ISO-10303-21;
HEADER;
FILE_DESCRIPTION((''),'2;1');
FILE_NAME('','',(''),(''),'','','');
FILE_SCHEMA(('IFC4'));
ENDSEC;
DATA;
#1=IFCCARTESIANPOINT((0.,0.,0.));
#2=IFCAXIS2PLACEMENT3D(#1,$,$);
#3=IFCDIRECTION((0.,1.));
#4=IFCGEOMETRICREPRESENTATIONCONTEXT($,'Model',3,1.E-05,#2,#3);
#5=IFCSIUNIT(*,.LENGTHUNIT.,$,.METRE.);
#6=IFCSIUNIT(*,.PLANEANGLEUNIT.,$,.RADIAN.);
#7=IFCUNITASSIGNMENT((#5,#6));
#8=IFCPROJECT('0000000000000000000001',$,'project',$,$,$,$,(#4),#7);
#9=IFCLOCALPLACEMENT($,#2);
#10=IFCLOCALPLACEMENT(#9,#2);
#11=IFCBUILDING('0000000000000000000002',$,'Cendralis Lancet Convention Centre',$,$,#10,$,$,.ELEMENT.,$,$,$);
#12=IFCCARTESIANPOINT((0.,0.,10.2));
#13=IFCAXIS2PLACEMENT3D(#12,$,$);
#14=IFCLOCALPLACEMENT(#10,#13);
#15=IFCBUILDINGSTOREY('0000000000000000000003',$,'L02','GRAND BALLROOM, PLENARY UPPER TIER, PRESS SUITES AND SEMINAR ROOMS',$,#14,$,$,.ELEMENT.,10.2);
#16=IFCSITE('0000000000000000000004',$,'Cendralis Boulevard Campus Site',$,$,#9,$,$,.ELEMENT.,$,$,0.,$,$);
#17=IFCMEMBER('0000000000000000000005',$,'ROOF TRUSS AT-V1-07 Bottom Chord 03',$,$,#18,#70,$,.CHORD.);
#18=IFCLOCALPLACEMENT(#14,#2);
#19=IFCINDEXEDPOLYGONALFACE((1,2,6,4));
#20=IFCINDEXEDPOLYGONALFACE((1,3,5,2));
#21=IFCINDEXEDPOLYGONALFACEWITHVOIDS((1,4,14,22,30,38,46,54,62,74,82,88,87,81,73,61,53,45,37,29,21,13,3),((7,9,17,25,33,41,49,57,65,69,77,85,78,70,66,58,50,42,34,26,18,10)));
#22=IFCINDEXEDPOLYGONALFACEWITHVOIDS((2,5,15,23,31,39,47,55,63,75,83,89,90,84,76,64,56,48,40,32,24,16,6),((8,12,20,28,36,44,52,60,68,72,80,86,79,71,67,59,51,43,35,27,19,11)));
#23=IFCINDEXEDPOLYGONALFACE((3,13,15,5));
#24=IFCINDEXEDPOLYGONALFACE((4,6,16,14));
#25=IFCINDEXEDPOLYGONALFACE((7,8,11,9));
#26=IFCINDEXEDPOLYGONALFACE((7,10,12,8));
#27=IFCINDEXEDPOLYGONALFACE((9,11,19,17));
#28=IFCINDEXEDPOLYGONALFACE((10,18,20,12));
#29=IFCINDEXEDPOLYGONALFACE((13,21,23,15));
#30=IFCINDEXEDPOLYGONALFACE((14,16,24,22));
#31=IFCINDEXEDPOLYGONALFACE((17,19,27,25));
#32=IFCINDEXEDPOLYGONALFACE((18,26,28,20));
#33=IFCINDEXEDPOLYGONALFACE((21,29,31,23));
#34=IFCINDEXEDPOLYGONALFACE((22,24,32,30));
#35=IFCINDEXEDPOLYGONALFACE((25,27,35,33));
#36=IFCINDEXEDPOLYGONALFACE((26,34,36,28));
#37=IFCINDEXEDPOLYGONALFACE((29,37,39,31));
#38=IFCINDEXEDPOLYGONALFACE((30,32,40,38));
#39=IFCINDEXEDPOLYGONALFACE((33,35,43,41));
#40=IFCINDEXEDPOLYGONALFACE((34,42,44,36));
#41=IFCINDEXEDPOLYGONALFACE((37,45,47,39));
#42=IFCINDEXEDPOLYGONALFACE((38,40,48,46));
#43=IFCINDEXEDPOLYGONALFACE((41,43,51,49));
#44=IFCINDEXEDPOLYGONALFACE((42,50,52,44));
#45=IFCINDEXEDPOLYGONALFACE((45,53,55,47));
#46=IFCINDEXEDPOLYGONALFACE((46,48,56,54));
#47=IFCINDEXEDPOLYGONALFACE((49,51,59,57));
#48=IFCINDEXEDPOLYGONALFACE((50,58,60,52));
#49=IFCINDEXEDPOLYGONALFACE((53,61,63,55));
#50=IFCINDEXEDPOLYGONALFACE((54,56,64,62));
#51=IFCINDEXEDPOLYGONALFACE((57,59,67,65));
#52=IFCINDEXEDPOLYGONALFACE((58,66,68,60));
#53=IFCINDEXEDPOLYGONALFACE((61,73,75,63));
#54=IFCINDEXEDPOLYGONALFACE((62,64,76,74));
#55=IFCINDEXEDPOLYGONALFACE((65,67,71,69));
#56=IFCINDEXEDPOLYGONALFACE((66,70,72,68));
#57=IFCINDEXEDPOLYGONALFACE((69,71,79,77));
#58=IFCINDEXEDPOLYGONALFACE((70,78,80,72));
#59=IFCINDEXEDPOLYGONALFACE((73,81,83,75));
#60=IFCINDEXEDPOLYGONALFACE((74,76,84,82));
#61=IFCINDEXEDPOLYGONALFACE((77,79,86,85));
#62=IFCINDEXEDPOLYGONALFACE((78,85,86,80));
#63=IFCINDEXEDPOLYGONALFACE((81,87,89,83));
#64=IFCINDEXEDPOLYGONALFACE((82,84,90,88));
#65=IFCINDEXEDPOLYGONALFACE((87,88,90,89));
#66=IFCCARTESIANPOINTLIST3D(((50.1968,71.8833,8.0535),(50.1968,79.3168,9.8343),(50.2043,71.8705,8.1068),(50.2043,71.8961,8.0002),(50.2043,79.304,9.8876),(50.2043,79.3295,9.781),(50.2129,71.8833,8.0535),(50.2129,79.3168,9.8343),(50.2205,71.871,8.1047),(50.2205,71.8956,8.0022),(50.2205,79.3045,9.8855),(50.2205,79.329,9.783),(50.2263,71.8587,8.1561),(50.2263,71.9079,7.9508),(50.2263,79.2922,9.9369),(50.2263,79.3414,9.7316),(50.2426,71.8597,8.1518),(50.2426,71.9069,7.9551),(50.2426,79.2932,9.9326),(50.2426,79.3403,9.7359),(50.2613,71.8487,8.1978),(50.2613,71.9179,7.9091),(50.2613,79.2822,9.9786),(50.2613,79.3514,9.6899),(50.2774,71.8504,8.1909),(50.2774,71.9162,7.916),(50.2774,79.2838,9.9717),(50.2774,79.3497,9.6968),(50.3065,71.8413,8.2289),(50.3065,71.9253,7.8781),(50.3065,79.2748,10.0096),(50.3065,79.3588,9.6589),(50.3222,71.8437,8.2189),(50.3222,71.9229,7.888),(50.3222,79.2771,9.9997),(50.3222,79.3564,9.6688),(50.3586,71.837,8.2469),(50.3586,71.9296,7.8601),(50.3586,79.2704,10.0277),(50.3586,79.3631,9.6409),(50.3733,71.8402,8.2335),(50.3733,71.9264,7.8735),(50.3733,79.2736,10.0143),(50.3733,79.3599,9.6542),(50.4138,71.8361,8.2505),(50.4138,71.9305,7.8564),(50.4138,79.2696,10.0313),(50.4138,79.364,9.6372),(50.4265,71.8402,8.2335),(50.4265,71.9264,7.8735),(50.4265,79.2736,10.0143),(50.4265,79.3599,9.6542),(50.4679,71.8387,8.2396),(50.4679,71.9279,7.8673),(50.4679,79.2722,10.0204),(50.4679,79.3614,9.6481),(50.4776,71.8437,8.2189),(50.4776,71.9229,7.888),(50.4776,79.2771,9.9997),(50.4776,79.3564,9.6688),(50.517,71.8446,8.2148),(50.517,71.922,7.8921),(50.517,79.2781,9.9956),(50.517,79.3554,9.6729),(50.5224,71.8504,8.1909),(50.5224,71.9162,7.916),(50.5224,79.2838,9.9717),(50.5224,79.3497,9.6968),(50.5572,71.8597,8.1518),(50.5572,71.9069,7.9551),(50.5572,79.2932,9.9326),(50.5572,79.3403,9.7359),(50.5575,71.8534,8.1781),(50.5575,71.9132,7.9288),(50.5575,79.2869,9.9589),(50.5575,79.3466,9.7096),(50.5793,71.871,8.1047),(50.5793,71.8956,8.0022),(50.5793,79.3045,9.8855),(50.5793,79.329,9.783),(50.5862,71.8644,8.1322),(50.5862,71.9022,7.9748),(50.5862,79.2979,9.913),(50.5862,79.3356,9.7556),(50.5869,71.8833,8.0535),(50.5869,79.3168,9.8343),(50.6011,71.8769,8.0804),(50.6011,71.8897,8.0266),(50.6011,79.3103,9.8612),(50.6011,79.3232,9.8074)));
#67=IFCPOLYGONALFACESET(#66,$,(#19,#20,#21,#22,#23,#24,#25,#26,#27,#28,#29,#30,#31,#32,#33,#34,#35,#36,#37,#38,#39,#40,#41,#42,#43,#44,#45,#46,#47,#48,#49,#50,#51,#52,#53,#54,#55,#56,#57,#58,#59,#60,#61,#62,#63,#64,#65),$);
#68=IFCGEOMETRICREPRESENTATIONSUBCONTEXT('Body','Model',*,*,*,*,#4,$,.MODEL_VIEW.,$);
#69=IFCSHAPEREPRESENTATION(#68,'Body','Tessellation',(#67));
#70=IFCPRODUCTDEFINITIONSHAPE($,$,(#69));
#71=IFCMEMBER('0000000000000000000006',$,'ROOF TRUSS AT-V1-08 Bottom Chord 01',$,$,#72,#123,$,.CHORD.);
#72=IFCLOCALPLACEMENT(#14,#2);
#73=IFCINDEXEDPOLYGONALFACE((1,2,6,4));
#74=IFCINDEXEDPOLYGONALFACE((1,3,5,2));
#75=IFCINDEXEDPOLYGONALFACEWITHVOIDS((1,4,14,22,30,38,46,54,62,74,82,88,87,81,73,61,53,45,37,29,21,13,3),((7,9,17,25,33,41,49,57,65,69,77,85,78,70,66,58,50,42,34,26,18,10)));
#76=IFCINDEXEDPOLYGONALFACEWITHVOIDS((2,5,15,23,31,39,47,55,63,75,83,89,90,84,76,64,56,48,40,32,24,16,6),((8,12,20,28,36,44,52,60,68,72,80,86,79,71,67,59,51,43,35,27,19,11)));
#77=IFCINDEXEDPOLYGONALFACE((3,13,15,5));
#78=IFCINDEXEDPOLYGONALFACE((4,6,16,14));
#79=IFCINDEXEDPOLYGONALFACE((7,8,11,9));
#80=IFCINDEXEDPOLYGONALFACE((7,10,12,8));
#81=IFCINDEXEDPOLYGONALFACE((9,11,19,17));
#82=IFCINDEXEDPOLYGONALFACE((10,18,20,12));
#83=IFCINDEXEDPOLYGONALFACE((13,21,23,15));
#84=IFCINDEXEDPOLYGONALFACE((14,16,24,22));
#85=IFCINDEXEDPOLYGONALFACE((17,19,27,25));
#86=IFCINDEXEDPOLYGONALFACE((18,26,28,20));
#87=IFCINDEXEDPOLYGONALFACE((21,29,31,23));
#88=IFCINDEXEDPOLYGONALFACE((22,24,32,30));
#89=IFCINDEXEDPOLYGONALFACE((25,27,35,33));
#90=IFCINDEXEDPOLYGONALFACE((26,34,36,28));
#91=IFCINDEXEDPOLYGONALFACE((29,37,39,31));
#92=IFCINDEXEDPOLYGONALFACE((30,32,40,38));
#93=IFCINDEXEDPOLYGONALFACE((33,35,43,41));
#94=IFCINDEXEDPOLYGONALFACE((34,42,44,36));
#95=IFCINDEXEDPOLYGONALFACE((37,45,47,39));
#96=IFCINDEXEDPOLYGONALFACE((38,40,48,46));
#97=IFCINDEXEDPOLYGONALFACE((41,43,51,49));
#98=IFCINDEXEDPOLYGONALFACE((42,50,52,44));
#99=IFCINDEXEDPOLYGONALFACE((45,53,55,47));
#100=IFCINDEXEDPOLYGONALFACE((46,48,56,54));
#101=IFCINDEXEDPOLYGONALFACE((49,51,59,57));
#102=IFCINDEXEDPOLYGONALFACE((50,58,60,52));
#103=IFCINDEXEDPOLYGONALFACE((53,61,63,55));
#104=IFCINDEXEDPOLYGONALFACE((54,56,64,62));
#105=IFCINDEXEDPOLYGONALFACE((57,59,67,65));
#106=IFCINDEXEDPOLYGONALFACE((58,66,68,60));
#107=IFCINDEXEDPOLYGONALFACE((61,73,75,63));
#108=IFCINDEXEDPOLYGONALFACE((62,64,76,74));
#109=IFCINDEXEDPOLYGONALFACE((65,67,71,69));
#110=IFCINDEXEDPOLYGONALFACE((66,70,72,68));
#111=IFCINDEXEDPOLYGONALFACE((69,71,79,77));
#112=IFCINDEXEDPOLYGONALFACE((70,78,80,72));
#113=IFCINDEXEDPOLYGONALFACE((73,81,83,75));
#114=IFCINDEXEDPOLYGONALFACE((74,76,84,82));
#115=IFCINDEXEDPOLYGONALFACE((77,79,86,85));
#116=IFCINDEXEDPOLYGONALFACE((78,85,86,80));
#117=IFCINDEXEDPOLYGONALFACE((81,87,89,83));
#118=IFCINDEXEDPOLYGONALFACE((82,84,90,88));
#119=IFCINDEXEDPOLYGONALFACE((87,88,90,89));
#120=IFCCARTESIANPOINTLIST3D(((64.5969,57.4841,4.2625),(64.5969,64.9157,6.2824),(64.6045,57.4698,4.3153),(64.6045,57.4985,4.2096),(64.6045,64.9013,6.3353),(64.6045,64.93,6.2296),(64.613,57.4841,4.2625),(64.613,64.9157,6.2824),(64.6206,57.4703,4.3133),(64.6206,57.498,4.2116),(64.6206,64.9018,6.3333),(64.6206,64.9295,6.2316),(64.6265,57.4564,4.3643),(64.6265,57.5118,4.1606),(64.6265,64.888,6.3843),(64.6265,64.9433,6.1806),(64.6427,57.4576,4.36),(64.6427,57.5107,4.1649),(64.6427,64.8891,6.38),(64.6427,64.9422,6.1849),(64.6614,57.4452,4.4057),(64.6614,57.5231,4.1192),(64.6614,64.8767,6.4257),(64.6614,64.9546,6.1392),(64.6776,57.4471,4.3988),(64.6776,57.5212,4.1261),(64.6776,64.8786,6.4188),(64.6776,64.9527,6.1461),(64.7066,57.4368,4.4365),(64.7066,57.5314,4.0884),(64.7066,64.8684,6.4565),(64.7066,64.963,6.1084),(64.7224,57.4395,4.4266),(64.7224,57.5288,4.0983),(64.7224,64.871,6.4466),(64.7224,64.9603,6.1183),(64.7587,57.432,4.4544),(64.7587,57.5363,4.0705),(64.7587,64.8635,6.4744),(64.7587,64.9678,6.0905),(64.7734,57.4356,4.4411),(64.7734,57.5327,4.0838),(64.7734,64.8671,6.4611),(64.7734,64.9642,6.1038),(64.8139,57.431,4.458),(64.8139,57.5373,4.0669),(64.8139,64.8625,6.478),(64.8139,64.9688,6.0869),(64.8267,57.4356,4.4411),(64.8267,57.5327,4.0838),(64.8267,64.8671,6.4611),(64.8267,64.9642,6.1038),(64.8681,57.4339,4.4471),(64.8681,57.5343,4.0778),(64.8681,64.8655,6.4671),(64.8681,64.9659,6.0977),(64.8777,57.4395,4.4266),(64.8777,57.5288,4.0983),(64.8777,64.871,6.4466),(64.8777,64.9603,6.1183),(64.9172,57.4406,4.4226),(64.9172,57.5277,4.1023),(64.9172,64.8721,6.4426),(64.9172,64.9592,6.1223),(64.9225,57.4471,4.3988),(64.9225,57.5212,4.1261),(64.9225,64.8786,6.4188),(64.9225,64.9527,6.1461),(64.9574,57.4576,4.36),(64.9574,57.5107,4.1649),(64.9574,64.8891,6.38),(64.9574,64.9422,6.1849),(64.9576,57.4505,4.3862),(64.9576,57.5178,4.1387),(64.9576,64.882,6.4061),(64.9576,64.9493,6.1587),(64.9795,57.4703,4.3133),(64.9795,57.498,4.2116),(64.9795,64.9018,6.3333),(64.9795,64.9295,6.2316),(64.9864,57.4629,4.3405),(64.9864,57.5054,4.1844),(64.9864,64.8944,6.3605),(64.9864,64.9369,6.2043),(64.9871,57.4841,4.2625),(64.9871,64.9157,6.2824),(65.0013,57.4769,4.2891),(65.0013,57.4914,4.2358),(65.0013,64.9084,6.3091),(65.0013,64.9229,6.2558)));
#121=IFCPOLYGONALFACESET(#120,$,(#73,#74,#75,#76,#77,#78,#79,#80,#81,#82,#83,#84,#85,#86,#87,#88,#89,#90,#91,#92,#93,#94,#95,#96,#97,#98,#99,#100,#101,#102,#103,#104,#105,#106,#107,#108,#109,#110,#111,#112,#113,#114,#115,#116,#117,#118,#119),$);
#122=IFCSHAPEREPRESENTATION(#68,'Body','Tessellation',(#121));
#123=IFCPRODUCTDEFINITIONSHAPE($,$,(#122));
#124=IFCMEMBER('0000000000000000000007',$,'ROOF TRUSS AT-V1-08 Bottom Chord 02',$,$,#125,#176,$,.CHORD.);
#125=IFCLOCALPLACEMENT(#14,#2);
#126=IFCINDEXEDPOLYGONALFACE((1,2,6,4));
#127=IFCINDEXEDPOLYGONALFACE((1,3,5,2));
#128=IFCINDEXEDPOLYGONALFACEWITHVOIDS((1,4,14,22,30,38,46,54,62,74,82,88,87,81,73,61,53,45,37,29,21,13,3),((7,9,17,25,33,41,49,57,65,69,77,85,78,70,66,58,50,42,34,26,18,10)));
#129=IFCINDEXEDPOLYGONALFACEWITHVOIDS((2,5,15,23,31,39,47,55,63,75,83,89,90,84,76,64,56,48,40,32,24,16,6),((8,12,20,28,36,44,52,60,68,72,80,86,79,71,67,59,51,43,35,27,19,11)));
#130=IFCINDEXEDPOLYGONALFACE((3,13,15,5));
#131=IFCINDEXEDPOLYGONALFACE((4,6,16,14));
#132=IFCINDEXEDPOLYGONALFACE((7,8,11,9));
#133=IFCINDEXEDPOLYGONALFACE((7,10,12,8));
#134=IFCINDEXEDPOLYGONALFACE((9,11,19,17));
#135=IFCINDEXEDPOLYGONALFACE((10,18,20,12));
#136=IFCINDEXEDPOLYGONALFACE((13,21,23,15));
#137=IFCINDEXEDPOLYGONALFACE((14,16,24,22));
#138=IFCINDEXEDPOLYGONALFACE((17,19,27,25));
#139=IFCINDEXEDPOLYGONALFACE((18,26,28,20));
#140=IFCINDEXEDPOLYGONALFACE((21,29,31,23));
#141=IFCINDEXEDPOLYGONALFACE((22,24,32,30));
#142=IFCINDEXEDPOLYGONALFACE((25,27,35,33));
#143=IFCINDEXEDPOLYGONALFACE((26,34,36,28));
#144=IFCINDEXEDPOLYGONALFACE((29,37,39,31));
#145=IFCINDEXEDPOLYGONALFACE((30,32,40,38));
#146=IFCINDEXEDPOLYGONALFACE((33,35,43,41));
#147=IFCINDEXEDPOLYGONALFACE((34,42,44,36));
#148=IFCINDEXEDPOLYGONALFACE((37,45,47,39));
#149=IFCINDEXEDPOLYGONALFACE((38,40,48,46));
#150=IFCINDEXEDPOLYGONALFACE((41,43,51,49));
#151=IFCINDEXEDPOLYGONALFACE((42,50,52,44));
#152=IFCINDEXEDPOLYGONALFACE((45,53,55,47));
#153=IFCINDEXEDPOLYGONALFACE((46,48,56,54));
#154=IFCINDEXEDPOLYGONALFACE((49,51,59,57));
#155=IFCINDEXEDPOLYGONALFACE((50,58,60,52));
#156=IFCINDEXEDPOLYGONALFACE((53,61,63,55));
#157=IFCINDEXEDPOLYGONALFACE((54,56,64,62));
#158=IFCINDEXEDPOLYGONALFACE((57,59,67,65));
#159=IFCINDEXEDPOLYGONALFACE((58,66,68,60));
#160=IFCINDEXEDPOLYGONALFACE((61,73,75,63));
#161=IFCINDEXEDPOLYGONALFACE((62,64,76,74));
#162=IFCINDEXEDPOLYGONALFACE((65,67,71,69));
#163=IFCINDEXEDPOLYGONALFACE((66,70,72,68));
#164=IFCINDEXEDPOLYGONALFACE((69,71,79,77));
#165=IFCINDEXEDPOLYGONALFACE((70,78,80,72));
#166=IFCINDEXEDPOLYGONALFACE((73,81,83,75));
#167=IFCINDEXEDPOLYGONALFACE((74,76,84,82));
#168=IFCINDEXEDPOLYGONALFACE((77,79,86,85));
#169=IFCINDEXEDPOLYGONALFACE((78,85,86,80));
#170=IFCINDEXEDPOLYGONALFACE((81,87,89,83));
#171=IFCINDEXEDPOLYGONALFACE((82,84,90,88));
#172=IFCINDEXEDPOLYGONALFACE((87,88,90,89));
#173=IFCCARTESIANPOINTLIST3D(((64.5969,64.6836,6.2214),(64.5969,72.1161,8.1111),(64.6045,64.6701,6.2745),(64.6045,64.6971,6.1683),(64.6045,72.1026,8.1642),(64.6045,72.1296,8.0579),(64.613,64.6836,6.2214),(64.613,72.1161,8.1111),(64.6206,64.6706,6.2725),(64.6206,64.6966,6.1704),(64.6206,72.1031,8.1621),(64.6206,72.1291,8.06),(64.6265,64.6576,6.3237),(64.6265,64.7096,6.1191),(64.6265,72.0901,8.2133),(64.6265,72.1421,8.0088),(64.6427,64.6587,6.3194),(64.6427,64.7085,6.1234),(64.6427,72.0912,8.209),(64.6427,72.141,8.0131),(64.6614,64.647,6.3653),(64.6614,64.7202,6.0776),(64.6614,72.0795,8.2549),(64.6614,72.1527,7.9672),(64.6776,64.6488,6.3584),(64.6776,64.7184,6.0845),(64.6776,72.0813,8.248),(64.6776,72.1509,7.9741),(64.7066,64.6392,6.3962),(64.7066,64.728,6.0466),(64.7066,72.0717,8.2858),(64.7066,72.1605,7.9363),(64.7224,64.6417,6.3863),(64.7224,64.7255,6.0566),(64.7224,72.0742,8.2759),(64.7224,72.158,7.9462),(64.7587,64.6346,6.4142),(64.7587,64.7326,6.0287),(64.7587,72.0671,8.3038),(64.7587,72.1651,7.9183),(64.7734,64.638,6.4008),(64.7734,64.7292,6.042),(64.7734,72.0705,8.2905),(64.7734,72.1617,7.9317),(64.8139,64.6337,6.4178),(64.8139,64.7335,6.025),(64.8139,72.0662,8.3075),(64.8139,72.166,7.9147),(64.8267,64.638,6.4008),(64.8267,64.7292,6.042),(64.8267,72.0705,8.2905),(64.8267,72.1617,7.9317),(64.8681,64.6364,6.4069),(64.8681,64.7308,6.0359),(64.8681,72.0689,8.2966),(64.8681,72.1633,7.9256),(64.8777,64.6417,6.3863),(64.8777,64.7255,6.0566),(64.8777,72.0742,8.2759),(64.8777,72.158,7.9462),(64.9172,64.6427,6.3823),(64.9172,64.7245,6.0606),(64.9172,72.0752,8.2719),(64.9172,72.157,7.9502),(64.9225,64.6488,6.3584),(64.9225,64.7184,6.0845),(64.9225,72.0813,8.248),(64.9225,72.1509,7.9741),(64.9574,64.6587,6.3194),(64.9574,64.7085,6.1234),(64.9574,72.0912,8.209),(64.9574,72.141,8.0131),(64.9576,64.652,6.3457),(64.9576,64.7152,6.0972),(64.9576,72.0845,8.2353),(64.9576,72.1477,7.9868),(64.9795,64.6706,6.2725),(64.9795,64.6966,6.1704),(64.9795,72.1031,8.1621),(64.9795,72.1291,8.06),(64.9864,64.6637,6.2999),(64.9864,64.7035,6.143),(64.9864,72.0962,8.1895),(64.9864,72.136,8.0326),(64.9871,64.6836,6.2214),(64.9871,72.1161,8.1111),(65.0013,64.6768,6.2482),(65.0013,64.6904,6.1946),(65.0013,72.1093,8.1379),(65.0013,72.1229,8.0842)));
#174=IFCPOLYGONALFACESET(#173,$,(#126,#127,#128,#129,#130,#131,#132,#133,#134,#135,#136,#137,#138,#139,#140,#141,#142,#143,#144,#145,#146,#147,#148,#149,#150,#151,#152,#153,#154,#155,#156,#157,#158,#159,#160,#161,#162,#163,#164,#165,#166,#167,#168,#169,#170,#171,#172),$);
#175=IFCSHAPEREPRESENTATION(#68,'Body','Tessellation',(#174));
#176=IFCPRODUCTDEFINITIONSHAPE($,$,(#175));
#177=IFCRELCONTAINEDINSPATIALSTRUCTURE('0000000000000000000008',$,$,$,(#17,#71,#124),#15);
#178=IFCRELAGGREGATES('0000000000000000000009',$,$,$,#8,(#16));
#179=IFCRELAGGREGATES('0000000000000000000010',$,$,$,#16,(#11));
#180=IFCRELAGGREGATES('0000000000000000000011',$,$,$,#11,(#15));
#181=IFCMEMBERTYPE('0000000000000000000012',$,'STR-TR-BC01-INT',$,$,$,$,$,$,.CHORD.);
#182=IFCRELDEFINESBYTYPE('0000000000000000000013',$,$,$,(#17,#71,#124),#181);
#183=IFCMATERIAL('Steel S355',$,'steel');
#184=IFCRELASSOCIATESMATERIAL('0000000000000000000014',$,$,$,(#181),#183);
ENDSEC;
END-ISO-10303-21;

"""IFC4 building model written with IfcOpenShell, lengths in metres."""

from ifc_helpers import new_model, si_unit, direction, frame, origin, origin_2d, place, context, subcontext, project, spatial, hollow_circle, extrude, material, material_profile, profile_set, type_object, element, save


model = new_model("IFC4")

# Units and contexts
model_context = context("Model", 3, precision=1e-05, world=origin(), true_north=direction((0.0, 1.0)))
body_context = subcontext(model_context, "Body", "Model", "MODEL_VIEW")
ifc_project = project(units=[si_unit("LENGTHUNIT", "METRE"), si_unit("PLANEANGLEUNIT", "RADIAN")], contexts=[model_context])

# Site, building, storey
site_placement = place(None, origin())
site = spatial("IfcSite", under=ifc_project, at=site_placement, Name="Cendralis Boulevard Campus Site", CompositionType="ELEMENT", RefElevation=0.0)
building_placement = place(site_placement, origin())
building = spatial("IfcBuilding", under=site, at=building_placement, Name="Cendralis Lancet Convention Centre", CompositionType="ELEMENT")
storey_placement = place(building_placement, frame((0.0, 0.0, 10.2)))
storey = spatial("IfcBuildingStorey", under=building, at=storey_placement, Name="L02", Description="GRAND BALLROOM, PLENARY UPPER TIER, PRESS SUITES AND SEMINAR ROOMS", CompositionType="ELEMENT", Elevation=10.2)

# Members
ifc_material = material(Name="Steel S355", Category="steel")
ifc_material_profile_1 = material_profile(ifc_material, hollow_circle(Radius=0.2031, WallThickness=0.0161, at=origin_2d()), Name="CHS 406.4x16.0")
ifc_profile_set_1 = profile_set([ifc_material_profile_1], Name="Steel S355")
member_type_1 = type_object("IfcMemberType", Name="STR-TR-BC01-INT", PredefinedType="CHORD", material=ifc_profile_set_1)
member_1_placement = place(storey_placement, frame((50.3999, 71.8833, 8.0535), z_axis=(0.0, 0.972483, 0.232972), x_axis=(-1.0, 0.0, 0.0)))
element("IfcMember", 1, at=member_1_placement, inside=storey, type_object=member_type_1, Name="ROOF TRUSS AT-V1-07 Bottom Chord 03", PredefinedType="CHORD", context=body_context, shape_type="SweptSolid", body=[
    extrude(hollow_circle(Radius=0.2031, WallThickness=0.0161, at=origin_2d()), origin(), (0.0, 0.0, 1.0), 7.6438),
])
member_2_placement = place(storey_placement, frame((64.8, 57.4841, 4.2625), z_axis=(0.0, 0.964987, 0.262296), x_axis=(-1.0, 0.0, 0.0)))
element("IfcMember", 2, at=member_2_placement, inside=storey, type_object=member_type_1, Name="ROOF TRUSS AT-V1-08 Bottom Chord 01", PredefinedType="CHORD", context=body_context, shape_type="SweptSolid", body=[
    extrude(hollow_circle(Radius=0.2031, WallThickness=0.0161, at=origin_2d()), origin(), (0.0, 0.0, 1.0), 7.7012),
])
member_3_placement = place(storey_placement, frame((64.8, 64.6836, 6.2214), z_axis=(0.0, 0.969169, 0.246399), x_axis=(-1.0, 0.0, 0.0)))
element("IfcMember", 3, at=member_3_placement, inside=storey, type_object=member_type_1, Name="ROOF TRUSS AT-V1-08 Bottom Chord 02", PredefinedType="CHORD", context=body_context, shape_type="SweptSolid", body=[
    extrude(hollow_circle(Radius=0.2031, WallThickness=0.0161, at=origin_2d()), origin(), (0.0, 0.0, 1.0), 7.6689),
])

save(model, "model.ifc")
